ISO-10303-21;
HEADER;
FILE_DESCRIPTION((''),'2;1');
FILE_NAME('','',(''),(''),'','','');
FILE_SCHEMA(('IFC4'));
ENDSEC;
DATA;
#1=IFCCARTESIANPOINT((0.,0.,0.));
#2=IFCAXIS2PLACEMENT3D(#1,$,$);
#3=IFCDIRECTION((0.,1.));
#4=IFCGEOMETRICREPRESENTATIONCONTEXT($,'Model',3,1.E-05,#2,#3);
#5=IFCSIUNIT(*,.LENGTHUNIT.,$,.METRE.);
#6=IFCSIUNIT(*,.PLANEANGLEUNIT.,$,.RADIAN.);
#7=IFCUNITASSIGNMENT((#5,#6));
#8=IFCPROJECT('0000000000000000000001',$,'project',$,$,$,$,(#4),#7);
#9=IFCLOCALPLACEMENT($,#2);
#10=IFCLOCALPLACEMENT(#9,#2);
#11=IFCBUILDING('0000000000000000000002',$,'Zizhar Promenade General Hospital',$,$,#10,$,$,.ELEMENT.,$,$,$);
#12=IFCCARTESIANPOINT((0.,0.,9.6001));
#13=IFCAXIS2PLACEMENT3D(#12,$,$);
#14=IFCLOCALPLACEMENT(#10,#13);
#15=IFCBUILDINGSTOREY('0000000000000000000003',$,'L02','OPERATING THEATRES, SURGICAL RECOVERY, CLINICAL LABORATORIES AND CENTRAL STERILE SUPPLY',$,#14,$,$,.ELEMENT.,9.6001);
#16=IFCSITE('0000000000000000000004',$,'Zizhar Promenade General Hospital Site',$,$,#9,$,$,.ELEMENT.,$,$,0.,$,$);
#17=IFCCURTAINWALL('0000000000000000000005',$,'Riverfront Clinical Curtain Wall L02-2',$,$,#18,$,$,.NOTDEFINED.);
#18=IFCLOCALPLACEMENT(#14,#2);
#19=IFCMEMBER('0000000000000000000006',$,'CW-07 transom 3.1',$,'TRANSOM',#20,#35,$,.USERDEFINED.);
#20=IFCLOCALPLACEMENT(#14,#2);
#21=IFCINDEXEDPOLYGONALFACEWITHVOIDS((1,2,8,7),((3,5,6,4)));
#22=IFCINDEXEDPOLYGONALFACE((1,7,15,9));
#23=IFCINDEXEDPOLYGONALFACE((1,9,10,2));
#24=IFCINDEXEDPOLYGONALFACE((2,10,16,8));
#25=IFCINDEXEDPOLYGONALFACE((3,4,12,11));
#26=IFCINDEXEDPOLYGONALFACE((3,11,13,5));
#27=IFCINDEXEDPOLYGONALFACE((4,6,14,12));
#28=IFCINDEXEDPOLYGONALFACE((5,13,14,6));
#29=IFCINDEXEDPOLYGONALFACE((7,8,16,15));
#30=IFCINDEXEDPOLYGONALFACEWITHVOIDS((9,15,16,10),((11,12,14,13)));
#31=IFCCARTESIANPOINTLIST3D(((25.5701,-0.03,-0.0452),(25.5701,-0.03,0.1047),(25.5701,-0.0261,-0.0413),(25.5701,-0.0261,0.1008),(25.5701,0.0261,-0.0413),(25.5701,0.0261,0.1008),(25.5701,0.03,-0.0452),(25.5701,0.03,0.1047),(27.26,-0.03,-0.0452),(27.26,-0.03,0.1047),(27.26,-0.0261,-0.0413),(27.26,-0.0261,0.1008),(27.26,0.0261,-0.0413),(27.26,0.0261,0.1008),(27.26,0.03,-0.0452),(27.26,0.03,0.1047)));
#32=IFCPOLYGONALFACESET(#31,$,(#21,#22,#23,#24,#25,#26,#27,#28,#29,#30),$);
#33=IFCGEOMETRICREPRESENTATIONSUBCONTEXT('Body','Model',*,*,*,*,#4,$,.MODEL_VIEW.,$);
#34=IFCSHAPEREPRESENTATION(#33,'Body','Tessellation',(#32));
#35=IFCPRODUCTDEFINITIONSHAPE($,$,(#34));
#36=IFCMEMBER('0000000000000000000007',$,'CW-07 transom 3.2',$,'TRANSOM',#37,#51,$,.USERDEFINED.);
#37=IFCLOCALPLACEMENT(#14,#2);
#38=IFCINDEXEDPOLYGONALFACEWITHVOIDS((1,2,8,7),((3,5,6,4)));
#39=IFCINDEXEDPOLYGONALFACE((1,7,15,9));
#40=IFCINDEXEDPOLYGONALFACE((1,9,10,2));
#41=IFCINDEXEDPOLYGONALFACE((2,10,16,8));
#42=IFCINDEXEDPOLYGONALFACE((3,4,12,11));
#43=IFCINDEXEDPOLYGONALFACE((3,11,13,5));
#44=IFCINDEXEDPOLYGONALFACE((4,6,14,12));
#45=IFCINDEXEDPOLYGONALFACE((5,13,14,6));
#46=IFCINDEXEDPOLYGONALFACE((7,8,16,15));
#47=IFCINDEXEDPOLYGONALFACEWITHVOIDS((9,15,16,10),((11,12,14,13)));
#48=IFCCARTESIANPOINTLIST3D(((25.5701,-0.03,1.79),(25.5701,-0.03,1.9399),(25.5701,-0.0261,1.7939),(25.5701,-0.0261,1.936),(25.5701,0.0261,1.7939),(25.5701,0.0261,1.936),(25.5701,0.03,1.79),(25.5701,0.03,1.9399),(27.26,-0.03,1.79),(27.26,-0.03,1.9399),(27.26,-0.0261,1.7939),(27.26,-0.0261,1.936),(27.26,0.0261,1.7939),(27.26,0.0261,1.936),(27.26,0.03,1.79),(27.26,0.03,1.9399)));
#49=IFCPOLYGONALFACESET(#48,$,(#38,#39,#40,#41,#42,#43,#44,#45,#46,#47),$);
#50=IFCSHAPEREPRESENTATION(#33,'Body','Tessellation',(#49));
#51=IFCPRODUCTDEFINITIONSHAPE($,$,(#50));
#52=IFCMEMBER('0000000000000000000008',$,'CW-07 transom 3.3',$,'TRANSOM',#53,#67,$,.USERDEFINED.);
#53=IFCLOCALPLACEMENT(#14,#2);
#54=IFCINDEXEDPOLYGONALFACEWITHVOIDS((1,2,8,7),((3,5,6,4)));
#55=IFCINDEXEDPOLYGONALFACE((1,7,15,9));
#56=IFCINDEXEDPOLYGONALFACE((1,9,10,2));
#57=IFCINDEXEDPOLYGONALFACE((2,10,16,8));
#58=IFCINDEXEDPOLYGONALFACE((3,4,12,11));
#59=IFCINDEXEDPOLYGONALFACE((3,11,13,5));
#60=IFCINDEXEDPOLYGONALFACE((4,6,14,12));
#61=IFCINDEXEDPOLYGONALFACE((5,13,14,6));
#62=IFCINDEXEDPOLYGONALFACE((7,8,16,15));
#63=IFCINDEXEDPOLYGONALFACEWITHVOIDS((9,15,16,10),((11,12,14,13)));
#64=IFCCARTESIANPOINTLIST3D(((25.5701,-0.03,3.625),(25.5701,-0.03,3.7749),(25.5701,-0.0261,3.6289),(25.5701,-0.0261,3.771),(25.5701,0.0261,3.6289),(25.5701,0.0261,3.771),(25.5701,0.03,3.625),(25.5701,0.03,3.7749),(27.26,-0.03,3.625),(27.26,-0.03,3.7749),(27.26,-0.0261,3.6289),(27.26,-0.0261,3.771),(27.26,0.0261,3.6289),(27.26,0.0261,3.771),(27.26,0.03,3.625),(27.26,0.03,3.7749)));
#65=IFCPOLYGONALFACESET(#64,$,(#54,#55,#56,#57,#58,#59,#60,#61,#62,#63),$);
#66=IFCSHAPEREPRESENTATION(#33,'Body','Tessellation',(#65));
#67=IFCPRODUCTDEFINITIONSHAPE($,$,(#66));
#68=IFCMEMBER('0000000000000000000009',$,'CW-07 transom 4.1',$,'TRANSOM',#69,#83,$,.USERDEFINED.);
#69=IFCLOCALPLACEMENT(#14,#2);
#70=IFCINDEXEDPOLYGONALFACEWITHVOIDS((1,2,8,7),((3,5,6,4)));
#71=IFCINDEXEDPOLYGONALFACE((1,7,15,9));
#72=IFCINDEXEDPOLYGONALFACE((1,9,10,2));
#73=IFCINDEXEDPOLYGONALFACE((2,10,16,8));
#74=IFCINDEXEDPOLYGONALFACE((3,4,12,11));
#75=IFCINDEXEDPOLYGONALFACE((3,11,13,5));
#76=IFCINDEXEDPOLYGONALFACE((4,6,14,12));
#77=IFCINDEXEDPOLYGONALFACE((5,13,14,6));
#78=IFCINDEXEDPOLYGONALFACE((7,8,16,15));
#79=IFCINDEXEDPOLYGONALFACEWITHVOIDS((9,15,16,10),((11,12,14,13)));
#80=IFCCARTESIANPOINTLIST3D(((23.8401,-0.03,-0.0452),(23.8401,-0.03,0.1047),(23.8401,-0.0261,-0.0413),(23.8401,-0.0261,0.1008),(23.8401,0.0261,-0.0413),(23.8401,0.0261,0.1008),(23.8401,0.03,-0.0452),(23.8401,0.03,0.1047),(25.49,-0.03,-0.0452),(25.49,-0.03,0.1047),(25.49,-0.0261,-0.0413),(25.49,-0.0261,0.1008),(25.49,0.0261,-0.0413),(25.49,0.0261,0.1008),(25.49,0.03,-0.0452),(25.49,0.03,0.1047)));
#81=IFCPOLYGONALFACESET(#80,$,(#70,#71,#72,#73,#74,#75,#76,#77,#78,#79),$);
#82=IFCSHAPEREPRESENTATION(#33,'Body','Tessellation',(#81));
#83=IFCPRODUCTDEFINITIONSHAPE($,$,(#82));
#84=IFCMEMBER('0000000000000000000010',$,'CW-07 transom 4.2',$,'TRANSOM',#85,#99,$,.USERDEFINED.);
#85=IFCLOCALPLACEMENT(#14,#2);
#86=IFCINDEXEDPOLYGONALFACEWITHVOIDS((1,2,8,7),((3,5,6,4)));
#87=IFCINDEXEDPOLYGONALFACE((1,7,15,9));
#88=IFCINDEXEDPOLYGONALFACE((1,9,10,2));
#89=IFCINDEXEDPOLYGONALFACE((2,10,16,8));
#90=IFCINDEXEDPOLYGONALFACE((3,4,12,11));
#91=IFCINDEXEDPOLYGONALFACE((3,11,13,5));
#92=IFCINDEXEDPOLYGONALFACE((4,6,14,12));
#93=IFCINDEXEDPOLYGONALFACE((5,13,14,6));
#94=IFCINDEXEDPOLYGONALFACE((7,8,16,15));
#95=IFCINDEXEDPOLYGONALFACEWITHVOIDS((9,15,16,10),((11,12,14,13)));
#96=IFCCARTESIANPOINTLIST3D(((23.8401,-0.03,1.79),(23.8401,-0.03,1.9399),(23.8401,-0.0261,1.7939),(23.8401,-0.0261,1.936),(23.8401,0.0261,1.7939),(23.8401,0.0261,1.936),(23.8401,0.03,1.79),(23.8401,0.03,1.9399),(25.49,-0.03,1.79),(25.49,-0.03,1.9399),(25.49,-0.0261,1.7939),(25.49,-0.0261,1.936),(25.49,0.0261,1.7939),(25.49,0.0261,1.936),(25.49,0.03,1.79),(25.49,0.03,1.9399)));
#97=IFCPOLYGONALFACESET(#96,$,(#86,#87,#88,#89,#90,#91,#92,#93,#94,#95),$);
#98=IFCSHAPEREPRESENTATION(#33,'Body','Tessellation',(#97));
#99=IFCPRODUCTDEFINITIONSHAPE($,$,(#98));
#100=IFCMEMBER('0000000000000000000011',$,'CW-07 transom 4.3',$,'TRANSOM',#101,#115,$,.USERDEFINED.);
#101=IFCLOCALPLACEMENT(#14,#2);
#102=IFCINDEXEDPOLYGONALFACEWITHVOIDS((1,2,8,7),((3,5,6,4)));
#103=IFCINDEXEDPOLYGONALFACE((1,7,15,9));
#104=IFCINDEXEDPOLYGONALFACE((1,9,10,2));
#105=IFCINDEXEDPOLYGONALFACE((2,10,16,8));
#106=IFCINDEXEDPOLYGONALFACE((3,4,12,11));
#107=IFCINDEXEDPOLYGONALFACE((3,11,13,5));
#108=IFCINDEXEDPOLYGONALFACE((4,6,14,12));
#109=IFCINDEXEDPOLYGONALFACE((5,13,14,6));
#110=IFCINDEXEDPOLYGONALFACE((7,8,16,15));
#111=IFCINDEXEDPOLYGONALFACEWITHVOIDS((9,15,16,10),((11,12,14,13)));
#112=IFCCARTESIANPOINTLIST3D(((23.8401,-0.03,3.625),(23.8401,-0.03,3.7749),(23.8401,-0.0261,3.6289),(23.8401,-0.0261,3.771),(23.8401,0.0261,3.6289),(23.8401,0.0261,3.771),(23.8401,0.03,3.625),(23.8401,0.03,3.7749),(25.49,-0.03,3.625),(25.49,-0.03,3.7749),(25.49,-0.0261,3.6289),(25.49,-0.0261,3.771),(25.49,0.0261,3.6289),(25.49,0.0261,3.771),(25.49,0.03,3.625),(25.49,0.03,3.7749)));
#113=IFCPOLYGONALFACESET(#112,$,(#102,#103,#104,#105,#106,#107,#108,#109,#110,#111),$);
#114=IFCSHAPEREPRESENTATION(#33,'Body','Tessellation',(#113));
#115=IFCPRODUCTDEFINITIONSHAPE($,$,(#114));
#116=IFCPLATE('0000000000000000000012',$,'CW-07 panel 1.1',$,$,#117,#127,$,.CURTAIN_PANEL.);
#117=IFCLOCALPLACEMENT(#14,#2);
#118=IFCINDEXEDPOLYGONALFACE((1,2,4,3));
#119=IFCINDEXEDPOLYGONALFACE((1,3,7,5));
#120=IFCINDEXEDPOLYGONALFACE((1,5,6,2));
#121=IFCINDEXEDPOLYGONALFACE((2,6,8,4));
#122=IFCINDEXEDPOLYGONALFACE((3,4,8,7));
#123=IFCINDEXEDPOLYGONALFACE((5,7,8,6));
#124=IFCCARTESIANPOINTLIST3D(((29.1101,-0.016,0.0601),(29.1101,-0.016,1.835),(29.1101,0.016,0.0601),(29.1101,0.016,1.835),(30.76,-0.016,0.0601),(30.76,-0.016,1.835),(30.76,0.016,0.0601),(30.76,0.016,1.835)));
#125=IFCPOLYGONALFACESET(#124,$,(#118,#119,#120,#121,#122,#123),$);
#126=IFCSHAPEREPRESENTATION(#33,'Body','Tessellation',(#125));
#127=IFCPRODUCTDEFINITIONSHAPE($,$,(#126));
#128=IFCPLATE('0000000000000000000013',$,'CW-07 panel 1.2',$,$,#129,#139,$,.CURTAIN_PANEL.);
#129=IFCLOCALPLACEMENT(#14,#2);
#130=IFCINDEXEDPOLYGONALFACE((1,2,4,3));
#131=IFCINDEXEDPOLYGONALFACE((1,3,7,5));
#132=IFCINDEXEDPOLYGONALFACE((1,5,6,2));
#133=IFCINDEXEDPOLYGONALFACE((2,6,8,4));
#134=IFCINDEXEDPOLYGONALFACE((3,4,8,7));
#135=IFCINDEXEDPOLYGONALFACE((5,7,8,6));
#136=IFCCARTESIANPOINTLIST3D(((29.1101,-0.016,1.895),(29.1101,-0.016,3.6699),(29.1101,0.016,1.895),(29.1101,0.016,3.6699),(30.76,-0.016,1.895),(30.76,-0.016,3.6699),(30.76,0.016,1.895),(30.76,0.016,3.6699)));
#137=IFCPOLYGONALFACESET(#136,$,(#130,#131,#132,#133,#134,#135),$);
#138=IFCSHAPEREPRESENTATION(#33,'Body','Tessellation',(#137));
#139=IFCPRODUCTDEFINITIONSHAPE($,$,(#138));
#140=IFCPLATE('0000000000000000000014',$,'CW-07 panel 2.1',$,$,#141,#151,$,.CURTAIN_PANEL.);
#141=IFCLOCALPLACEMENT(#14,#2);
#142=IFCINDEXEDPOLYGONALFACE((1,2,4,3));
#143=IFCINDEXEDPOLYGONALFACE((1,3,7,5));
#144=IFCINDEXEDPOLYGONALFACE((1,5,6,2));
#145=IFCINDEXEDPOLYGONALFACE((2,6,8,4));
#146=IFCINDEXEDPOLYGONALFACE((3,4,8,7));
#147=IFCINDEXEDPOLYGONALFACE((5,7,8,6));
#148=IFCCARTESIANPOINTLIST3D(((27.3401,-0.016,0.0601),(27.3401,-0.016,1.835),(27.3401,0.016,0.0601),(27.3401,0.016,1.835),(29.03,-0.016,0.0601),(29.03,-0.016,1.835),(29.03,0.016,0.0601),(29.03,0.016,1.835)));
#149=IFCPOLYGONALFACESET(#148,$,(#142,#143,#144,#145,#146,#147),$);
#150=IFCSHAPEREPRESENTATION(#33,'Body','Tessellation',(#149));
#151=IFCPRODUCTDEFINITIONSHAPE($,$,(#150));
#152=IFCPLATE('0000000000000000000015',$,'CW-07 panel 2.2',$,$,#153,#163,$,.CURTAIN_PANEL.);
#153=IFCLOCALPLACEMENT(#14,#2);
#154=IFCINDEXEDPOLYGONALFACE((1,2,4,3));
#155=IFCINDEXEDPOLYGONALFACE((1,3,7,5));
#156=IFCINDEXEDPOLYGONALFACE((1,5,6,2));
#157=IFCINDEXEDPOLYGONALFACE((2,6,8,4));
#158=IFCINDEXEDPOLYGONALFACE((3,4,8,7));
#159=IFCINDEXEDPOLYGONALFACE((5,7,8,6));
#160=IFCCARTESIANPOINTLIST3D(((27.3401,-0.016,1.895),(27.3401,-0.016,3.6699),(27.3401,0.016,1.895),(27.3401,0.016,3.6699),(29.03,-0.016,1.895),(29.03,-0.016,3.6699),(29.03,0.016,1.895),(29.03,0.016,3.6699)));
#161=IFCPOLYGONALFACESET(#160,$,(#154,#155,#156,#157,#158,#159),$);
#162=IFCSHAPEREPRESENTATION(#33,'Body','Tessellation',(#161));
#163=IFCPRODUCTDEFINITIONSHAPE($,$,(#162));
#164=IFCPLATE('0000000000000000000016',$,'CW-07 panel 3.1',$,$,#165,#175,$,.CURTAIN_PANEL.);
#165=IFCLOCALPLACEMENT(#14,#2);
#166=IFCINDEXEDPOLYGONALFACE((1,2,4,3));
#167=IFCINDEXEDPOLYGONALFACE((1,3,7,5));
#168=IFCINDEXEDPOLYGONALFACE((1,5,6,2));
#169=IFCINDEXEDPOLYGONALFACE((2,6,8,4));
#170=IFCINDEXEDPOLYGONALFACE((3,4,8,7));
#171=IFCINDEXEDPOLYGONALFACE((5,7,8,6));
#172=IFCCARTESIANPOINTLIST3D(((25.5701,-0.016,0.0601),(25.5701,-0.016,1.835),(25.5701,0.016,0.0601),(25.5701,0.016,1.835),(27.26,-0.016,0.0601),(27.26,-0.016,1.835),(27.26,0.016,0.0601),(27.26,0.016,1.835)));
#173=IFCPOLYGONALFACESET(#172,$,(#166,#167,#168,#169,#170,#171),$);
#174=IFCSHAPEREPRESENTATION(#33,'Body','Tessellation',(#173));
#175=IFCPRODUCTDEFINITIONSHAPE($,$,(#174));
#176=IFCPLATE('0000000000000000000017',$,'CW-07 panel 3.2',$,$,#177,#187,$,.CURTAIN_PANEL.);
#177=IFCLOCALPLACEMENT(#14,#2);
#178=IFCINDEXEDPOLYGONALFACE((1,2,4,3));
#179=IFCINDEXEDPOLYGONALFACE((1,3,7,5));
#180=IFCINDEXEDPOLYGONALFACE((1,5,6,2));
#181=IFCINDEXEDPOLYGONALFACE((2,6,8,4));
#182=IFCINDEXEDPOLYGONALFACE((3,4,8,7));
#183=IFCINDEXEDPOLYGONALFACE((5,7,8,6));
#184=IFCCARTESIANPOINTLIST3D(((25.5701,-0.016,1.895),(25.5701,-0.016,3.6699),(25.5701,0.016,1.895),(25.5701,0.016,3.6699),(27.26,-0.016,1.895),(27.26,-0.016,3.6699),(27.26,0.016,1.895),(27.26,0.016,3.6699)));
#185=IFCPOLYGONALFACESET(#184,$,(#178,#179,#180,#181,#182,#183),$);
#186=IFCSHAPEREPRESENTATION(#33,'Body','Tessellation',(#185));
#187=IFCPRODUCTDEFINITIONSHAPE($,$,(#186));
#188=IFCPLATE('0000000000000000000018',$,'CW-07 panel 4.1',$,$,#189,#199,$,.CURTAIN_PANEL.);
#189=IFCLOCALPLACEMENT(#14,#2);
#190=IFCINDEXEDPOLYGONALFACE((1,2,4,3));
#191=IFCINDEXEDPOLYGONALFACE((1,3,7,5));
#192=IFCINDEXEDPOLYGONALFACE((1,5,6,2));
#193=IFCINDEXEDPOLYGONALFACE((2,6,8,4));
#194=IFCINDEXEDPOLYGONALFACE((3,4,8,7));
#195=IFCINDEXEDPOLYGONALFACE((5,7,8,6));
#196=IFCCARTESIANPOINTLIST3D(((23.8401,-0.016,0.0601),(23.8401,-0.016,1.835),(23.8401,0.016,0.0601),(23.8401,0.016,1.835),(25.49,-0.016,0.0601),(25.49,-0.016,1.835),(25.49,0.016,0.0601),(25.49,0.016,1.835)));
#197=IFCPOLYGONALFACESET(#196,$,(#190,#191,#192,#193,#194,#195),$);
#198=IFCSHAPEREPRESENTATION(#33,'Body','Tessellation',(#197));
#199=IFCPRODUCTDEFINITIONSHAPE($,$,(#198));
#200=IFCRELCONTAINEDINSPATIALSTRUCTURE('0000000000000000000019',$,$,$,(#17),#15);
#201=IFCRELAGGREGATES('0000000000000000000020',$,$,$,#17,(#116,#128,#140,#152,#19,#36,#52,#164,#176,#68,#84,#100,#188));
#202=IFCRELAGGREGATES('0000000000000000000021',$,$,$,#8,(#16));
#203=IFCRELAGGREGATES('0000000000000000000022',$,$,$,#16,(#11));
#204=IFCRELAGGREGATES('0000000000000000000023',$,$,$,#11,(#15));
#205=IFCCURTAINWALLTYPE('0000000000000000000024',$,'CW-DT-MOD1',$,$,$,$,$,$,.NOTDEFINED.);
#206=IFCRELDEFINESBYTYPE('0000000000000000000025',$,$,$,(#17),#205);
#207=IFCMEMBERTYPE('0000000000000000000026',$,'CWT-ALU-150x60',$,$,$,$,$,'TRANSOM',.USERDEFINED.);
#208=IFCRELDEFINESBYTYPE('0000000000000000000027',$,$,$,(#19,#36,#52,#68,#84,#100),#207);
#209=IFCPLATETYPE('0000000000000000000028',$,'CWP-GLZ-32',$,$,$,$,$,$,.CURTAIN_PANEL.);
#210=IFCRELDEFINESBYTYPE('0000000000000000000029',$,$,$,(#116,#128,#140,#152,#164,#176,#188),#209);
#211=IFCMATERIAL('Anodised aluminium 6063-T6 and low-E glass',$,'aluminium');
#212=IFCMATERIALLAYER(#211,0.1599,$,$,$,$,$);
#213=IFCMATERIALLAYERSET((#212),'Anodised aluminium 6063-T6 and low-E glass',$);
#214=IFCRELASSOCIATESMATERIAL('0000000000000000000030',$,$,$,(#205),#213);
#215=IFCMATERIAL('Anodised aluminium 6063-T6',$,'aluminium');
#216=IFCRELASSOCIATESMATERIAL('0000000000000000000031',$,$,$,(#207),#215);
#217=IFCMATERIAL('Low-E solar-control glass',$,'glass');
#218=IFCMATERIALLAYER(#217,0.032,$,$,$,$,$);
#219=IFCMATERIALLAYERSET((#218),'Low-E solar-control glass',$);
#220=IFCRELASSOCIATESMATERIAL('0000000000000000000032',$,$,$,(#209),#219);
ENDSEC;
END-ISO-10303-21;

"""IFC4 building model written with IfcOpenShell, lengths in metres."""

from ifc_helpers import new_model, si_unit, direction, frame, origin, origin_2d, place, context, subcontext, project, spatial, rectangle, hollow_rectangle, extrude, material, layer, layer_set, material_profile, profile_set, type_object, element, aggregate, save


model = new_model("IFC4")

# Units and contexts
model_context = context("Model", 3, precision=1e-05, world=origin(), true_north=direction((0.0, 1.0)))
body_context = subcontext(model_context, "Body", "Model", "MODEL_VIEW")
ifc_project = project(units=[si_unit("LENGTHUNIT", "METRE"), si_unit("PLANEANGLEUNIT", "RADIAN")], contexts=[model_context])

# Site, building, storey
site_placement = place(None, origin())
site = spatial("IfcSite", under=ifc_project, at=site_placement, Name="Zizhar Promenade General Hospital Site", CompositionType="ELEMENT", RefElevation=0.0)
building_placement = place(site_placement, origin())
building = spatial("IfcBuilding", under=site, at=building_placement, Name="Zizhar Promenade General Hospital", CompositionType="ELEMENT")
storey_placement = place(building_placement, frame((0.0, 0.0, 9.6001)))
storey = spatial("IfcBuildingStorey", under=building, at=storey_placement, Name="L02", Description="OPERATING THEATRES, SURGICAL RECOVERY, CLINICAL LABORATORIES AND CENTRAL STERILE SUPPLY", CompositionType="ELEMENT", Elevation=9.6001)

# Curtain wall, members, plates
ifc_material_1 = material(Name="Anodised aluminium 6063-T6 and low-E glass", Category="aluminium")
ifc_layer_1 = layer(ifc_material_1, 0.1599)
ifc_layer_set_1 = layer_set([ifc_layer_1], Name="Anodised aluminium 6063-T6 and low-E glass")
curtain_wall_type = type_object("IfcCurtainWallType", Name="CW-DT-MOD1", PredefinedType="NOTDEFINED", material=ifc_layer_set_1)
curtain_wall_placement = place(storey_placement, origin())
curtain_wall = element("IfcCurtainWall", 1, at=curtain_wall_placement, inside=storey, type_object=curtain_wall_type, Name="Riverfront Clinical Curtain Wall L02-2", PredefinedType="NOTDEFINED")
ifc_material_2 = material(Name="Anodised aluminium 6063-T6", Category="aluminium")
ifc_material_profile_1 = material_profile(ifc_material_2, hollow_rectangle(XDim=0.0601, YDim=0.1499, WallThickness=0.0039, at=origin_2d()))
ifc_profile_set_1 = profile_set([ifc_material_profile_1], Name="Anodised aluminium 6063-T6")
member_type_1 = type_object("IfcMemberType", Name="CWT-ALU-150x60", ElementType="TRANSOM", PredefinedType="USERDEFINED", material=ifc_profile_set_1)
member_1_placement = place(storey_placement, frame((27.26, 0.0, 0.0298), z_axis=(-1.0, 0.0, 0.0), x_axis=(0.0, -1.0, 0.0)))
member_1 = element("IfcMember", 2, at=member_1_placement, type_object=member_type_1, Name="CW-07 transom 3.1", ObjectType="TRANSOM", PredefinedType="USERDEFINED", context=body_context, shape_type="SweptSolid", body=[
    extrude(hollow_rectangle(XDim=0.0601, YDim=0.1499, WallThickness=0.0039, at=origin_2d()), origin(), (0.0, 0.0, 1.0), 1.6899),
])
member_2_placement = place(storey_placement, frame((27.26, 0.0, 1.865), z_axis=(-1.0, 0.0, 0.0), x_axis=(0.0, -1.0, 0.0)))
member_2 = element("IfcMember", 3, at=member_2_placement, type_object=member_type_1, Name="CW-07 transom 3.2", ObjectType="TRANSOM", PredefinedType="USERDEFINED", context=body_context, shape_type="SweptSolid", body=[
    extrude(hollow_rectangle(XDim=0.0601, YDim=0.1499, WallThickness=0.0039, at=origin_2d()), origin(), (0.0, 0.0, 1.0), 1.6899),
])
member_3_placement = place(storey_placement, frame((27.26, 0.0, 3.7), z_axis=(-1.0, 0.0, 0.0), x_axis=(0.0, -1.0, 0.0)))
member_3 = element("IfcMember", 4, at=member_3_placement, type_object=member_type_1, Name="CW-07 transom 3.3", ObjectType="TRANSOM", PredefinedType="USERDEFINED", context=body_context, shape_type="SweptSolid", body=[
    extrude(hollow_rectangle(XDim=0.0601, YDim=0.1499, WallThickness=0.0039, at=origin_2d()), origin(), (0.0, 0.0, 1.0), 1.6899),
])
member_4_placement = place(storey_placement, frame((25.49, 0.0, 0.0298), z_axis=(-1.0, 0.0, 0.0), x_axis=(0.0, -1.0, 0.0)))
member_4 = element("IfcMember", 5, at=member_4_placement, type_object=member_type_1, Name="CW-07 transom 4.1", ObjectType="TRANSOM", PredefinedType="USERDEFINED", context=body_context, shape_type="SweptSolid", body=[
    extrude(hollow_rectangle(XDim=0.0601, YDim=0.1499, WallThickness=0.0039, at=origin_2d()), origin(), (0.0, 0.0, 1.0), 1.6499),
])
member_5_placement = place(storey_placement, frame((25.49, 0.0, 1.865), z_axis=(-1.0, 0.0, 0.0), x_axis=(0.0, -1.0, 0.0)))
member_5 = element("IfcMember", 6, at=member_5_placement, type_object=member_type_1, Name="CW-07 transom 4.2", ObjectType="TRANSOM", PredefinedType="USERDEFINED", context=body_context, shape_type="SweptSolid", body=[
    extrude(hollow_rectangle(XDim=0.0601, YDim=0.1499, WallThickness=0.0039, at=origin_2d()), origin(), (0.0, 0.0, 1.0), 1.6499),
])
member_6_placement = place(storey_placement, frame((25.49, 0.0, 3.7), z_axis=(-1.0, 0.0, 0.0), x_axis=(0.0, -1.0, 0.0)))
member_6 = element("IfcMember", 7, at=member_6_placement, type_object=member_type_1, Name="CW-07 transom 4.3", ObjectType="TRANSOM", PredefinedType="USERDEFINED", context=body_context, shape_type="SweptSolid", body=[
    extrude(hollow_rectangle(XDim=0.0601, YDim=0.1499, WallThickness=0.0039, at=origin_2d()), origin(), (0.0, 0.0, 1.0), 1.6499),
])
ifc_material_3 = material(Name="Low-E solar-control glass", Category="glass")
ifc_layer_2 = layer(ifc_material_3, 0.032)
ifc_layer_set_2 = layer_set([ifc_layer_2], Name="Low-E solar-control glass")
plate_type = type_object("IfcPlateType", Name="CWP-GLZ-32", PredefinedType="CURTAIN_PANEL", material=ifc_layer_set_2)
plate_1_placement = place(storey_placement, frame((29.9351, 0.0, 0.0601), z_axis=(0.0, 0.0, 1.0), x_axis=(-1.0, 0.0, 0.0)))
plate_1 = element("IfcPlate", 8, at=plate_1_placement, type_object=plate_type, Name="CW-07 panel 1.1", PredefinedType="CURTAIN_PANEL", context=body_context, shape_type="SweptSolid", body=[
    extrude(rectangle(XDim=1.6499, YDim=0.032, at=origin_2d()), origin(), (0.0, 0.0, 1.0), 1.7749),
])
plate_2_placement = place(storey_placement, frame((29.9351, 0.0, 1.895), z_axis=(0.0, 0.0, 1.0), x_axis=(-1.0, 0.0, 0.0)))
plate_2 = element("IfcPlate", 9, at=plate_2_placement, type_object=plate_type, Name="CW-07 panel 1.2", PredefinedType="CURTAIN_PANEL", context=body_context, shape_type="SweptSolid", body=[
    extrude(rectangle(XDim=1.6499, YDim=0.032, at=origin_2d()), origin(), (0.0, 0.0, 1.0), 1.7749),
])
plate_3_placement = place(storey_placement, frame((28.1851, 0.0, 0.0601), z_axis=(0.0, 0.0, 1.0), x_axis=(-1.0, 0.0, 0.0)))
plate_3 = element("IfcPlate", 10, at=plate_3_placement, type_object=plate_type, Name="CW-07 panel 2.1", PredefinedType="CURTAIN_PANEL", context=body_context, shape_type="SweptSolid", body=[
    extrude(rectangle(XDim=1.6899, YDim=0.032, at=origin_2d()), origin(), (0.0, 0.0, 1.0), 1.7749),
])
plate_4_placement = place(storey_placement, frame((28.1851, 0.0, 1.895), z_axis=(0.0, 0.0, 1.0), x_axis=(-1.0, 0.0, 0.0)))
plate_4 = element("IfcPlate", 11, at=plate_4_placement, type_object=plate_type, Name="CW-07 panel 2.2", PredefinedType="CURTAIN_PANEL", context=body_context, shape_type="SweptSolid", body=[
    extrude(rectangle(XDim=1.6899, YDim=0.032, at=origin_2d()), origin(), (0.0, 0.0, 1.0), 1.7749),
])
plate_5_placement = place(storey_placement, frame((26.415, 0.0, 0.0601), z_axis=(0.0, 0.0, 1.0), x_axis=(-1.0, 0.0, 0.0)))
plate_5 = element("IfcPlate", 12, at=plate_5_placement, type_object=plate_type, Name="CW-07 panel 3.1", PredefinedType="CURTAIN_PANEL", context=body_context, shape_type="SweptSolid", body=[
    extrude(rectangle(XDim=1.6899, YDim=0.032, at=origin_2d()), origin(), (0.0, 0.0, 1.0), 1.7749),
])
plate_6_placement = place(storey_placement, frame((26.415, 0.0, 1.895), z_axis=(0.0, 0.0, 1.0), x_axis=(-1.0, 0.0, 0.0)))
plate_6 = element("IfcPlate", 13, at=plate_6_placement, type_object=plate_type, Name="CW-07 panel 3.2", PredefinedType="CURTAIN_PANEL", context=body_context, shape_type="SweptSolid", body=[
    extrude(rectangle(XDim=1.6899, YDim=0.032, at=origin_2d()), origin(), (0.0, 0.0, 1.0), 1.7749),
])
plate_7_placement = place(storey_placement, frame((24.665, 0.0, 0.0601), z_axis=(0.0, 0.0, 1.0), x_axis=(-1.0, 0.0, 0.0)))
plate_7 = element("IfcPlate", 14, at=plate_7_placement, type_object=plate_type, Name="CW-07 panel 4.1", PredefinedType="CURTAIN_PANEL", context=body_context, shape_type="SweptSolid", body=[
    extrude(rectangle(XDim=1.6499, YDim=0.032, at=origin_2d()), origin(), (0.0, 0.0, 1.0), 1.7749),
])
aggregate(curtain_wall, [plate_1, plate_2, plate_3, plate_4, member_1, member_2, member_3, plate_5, plate_6, member_4, member_5, member_6, plate_7])

save(model, "model.ifc")
